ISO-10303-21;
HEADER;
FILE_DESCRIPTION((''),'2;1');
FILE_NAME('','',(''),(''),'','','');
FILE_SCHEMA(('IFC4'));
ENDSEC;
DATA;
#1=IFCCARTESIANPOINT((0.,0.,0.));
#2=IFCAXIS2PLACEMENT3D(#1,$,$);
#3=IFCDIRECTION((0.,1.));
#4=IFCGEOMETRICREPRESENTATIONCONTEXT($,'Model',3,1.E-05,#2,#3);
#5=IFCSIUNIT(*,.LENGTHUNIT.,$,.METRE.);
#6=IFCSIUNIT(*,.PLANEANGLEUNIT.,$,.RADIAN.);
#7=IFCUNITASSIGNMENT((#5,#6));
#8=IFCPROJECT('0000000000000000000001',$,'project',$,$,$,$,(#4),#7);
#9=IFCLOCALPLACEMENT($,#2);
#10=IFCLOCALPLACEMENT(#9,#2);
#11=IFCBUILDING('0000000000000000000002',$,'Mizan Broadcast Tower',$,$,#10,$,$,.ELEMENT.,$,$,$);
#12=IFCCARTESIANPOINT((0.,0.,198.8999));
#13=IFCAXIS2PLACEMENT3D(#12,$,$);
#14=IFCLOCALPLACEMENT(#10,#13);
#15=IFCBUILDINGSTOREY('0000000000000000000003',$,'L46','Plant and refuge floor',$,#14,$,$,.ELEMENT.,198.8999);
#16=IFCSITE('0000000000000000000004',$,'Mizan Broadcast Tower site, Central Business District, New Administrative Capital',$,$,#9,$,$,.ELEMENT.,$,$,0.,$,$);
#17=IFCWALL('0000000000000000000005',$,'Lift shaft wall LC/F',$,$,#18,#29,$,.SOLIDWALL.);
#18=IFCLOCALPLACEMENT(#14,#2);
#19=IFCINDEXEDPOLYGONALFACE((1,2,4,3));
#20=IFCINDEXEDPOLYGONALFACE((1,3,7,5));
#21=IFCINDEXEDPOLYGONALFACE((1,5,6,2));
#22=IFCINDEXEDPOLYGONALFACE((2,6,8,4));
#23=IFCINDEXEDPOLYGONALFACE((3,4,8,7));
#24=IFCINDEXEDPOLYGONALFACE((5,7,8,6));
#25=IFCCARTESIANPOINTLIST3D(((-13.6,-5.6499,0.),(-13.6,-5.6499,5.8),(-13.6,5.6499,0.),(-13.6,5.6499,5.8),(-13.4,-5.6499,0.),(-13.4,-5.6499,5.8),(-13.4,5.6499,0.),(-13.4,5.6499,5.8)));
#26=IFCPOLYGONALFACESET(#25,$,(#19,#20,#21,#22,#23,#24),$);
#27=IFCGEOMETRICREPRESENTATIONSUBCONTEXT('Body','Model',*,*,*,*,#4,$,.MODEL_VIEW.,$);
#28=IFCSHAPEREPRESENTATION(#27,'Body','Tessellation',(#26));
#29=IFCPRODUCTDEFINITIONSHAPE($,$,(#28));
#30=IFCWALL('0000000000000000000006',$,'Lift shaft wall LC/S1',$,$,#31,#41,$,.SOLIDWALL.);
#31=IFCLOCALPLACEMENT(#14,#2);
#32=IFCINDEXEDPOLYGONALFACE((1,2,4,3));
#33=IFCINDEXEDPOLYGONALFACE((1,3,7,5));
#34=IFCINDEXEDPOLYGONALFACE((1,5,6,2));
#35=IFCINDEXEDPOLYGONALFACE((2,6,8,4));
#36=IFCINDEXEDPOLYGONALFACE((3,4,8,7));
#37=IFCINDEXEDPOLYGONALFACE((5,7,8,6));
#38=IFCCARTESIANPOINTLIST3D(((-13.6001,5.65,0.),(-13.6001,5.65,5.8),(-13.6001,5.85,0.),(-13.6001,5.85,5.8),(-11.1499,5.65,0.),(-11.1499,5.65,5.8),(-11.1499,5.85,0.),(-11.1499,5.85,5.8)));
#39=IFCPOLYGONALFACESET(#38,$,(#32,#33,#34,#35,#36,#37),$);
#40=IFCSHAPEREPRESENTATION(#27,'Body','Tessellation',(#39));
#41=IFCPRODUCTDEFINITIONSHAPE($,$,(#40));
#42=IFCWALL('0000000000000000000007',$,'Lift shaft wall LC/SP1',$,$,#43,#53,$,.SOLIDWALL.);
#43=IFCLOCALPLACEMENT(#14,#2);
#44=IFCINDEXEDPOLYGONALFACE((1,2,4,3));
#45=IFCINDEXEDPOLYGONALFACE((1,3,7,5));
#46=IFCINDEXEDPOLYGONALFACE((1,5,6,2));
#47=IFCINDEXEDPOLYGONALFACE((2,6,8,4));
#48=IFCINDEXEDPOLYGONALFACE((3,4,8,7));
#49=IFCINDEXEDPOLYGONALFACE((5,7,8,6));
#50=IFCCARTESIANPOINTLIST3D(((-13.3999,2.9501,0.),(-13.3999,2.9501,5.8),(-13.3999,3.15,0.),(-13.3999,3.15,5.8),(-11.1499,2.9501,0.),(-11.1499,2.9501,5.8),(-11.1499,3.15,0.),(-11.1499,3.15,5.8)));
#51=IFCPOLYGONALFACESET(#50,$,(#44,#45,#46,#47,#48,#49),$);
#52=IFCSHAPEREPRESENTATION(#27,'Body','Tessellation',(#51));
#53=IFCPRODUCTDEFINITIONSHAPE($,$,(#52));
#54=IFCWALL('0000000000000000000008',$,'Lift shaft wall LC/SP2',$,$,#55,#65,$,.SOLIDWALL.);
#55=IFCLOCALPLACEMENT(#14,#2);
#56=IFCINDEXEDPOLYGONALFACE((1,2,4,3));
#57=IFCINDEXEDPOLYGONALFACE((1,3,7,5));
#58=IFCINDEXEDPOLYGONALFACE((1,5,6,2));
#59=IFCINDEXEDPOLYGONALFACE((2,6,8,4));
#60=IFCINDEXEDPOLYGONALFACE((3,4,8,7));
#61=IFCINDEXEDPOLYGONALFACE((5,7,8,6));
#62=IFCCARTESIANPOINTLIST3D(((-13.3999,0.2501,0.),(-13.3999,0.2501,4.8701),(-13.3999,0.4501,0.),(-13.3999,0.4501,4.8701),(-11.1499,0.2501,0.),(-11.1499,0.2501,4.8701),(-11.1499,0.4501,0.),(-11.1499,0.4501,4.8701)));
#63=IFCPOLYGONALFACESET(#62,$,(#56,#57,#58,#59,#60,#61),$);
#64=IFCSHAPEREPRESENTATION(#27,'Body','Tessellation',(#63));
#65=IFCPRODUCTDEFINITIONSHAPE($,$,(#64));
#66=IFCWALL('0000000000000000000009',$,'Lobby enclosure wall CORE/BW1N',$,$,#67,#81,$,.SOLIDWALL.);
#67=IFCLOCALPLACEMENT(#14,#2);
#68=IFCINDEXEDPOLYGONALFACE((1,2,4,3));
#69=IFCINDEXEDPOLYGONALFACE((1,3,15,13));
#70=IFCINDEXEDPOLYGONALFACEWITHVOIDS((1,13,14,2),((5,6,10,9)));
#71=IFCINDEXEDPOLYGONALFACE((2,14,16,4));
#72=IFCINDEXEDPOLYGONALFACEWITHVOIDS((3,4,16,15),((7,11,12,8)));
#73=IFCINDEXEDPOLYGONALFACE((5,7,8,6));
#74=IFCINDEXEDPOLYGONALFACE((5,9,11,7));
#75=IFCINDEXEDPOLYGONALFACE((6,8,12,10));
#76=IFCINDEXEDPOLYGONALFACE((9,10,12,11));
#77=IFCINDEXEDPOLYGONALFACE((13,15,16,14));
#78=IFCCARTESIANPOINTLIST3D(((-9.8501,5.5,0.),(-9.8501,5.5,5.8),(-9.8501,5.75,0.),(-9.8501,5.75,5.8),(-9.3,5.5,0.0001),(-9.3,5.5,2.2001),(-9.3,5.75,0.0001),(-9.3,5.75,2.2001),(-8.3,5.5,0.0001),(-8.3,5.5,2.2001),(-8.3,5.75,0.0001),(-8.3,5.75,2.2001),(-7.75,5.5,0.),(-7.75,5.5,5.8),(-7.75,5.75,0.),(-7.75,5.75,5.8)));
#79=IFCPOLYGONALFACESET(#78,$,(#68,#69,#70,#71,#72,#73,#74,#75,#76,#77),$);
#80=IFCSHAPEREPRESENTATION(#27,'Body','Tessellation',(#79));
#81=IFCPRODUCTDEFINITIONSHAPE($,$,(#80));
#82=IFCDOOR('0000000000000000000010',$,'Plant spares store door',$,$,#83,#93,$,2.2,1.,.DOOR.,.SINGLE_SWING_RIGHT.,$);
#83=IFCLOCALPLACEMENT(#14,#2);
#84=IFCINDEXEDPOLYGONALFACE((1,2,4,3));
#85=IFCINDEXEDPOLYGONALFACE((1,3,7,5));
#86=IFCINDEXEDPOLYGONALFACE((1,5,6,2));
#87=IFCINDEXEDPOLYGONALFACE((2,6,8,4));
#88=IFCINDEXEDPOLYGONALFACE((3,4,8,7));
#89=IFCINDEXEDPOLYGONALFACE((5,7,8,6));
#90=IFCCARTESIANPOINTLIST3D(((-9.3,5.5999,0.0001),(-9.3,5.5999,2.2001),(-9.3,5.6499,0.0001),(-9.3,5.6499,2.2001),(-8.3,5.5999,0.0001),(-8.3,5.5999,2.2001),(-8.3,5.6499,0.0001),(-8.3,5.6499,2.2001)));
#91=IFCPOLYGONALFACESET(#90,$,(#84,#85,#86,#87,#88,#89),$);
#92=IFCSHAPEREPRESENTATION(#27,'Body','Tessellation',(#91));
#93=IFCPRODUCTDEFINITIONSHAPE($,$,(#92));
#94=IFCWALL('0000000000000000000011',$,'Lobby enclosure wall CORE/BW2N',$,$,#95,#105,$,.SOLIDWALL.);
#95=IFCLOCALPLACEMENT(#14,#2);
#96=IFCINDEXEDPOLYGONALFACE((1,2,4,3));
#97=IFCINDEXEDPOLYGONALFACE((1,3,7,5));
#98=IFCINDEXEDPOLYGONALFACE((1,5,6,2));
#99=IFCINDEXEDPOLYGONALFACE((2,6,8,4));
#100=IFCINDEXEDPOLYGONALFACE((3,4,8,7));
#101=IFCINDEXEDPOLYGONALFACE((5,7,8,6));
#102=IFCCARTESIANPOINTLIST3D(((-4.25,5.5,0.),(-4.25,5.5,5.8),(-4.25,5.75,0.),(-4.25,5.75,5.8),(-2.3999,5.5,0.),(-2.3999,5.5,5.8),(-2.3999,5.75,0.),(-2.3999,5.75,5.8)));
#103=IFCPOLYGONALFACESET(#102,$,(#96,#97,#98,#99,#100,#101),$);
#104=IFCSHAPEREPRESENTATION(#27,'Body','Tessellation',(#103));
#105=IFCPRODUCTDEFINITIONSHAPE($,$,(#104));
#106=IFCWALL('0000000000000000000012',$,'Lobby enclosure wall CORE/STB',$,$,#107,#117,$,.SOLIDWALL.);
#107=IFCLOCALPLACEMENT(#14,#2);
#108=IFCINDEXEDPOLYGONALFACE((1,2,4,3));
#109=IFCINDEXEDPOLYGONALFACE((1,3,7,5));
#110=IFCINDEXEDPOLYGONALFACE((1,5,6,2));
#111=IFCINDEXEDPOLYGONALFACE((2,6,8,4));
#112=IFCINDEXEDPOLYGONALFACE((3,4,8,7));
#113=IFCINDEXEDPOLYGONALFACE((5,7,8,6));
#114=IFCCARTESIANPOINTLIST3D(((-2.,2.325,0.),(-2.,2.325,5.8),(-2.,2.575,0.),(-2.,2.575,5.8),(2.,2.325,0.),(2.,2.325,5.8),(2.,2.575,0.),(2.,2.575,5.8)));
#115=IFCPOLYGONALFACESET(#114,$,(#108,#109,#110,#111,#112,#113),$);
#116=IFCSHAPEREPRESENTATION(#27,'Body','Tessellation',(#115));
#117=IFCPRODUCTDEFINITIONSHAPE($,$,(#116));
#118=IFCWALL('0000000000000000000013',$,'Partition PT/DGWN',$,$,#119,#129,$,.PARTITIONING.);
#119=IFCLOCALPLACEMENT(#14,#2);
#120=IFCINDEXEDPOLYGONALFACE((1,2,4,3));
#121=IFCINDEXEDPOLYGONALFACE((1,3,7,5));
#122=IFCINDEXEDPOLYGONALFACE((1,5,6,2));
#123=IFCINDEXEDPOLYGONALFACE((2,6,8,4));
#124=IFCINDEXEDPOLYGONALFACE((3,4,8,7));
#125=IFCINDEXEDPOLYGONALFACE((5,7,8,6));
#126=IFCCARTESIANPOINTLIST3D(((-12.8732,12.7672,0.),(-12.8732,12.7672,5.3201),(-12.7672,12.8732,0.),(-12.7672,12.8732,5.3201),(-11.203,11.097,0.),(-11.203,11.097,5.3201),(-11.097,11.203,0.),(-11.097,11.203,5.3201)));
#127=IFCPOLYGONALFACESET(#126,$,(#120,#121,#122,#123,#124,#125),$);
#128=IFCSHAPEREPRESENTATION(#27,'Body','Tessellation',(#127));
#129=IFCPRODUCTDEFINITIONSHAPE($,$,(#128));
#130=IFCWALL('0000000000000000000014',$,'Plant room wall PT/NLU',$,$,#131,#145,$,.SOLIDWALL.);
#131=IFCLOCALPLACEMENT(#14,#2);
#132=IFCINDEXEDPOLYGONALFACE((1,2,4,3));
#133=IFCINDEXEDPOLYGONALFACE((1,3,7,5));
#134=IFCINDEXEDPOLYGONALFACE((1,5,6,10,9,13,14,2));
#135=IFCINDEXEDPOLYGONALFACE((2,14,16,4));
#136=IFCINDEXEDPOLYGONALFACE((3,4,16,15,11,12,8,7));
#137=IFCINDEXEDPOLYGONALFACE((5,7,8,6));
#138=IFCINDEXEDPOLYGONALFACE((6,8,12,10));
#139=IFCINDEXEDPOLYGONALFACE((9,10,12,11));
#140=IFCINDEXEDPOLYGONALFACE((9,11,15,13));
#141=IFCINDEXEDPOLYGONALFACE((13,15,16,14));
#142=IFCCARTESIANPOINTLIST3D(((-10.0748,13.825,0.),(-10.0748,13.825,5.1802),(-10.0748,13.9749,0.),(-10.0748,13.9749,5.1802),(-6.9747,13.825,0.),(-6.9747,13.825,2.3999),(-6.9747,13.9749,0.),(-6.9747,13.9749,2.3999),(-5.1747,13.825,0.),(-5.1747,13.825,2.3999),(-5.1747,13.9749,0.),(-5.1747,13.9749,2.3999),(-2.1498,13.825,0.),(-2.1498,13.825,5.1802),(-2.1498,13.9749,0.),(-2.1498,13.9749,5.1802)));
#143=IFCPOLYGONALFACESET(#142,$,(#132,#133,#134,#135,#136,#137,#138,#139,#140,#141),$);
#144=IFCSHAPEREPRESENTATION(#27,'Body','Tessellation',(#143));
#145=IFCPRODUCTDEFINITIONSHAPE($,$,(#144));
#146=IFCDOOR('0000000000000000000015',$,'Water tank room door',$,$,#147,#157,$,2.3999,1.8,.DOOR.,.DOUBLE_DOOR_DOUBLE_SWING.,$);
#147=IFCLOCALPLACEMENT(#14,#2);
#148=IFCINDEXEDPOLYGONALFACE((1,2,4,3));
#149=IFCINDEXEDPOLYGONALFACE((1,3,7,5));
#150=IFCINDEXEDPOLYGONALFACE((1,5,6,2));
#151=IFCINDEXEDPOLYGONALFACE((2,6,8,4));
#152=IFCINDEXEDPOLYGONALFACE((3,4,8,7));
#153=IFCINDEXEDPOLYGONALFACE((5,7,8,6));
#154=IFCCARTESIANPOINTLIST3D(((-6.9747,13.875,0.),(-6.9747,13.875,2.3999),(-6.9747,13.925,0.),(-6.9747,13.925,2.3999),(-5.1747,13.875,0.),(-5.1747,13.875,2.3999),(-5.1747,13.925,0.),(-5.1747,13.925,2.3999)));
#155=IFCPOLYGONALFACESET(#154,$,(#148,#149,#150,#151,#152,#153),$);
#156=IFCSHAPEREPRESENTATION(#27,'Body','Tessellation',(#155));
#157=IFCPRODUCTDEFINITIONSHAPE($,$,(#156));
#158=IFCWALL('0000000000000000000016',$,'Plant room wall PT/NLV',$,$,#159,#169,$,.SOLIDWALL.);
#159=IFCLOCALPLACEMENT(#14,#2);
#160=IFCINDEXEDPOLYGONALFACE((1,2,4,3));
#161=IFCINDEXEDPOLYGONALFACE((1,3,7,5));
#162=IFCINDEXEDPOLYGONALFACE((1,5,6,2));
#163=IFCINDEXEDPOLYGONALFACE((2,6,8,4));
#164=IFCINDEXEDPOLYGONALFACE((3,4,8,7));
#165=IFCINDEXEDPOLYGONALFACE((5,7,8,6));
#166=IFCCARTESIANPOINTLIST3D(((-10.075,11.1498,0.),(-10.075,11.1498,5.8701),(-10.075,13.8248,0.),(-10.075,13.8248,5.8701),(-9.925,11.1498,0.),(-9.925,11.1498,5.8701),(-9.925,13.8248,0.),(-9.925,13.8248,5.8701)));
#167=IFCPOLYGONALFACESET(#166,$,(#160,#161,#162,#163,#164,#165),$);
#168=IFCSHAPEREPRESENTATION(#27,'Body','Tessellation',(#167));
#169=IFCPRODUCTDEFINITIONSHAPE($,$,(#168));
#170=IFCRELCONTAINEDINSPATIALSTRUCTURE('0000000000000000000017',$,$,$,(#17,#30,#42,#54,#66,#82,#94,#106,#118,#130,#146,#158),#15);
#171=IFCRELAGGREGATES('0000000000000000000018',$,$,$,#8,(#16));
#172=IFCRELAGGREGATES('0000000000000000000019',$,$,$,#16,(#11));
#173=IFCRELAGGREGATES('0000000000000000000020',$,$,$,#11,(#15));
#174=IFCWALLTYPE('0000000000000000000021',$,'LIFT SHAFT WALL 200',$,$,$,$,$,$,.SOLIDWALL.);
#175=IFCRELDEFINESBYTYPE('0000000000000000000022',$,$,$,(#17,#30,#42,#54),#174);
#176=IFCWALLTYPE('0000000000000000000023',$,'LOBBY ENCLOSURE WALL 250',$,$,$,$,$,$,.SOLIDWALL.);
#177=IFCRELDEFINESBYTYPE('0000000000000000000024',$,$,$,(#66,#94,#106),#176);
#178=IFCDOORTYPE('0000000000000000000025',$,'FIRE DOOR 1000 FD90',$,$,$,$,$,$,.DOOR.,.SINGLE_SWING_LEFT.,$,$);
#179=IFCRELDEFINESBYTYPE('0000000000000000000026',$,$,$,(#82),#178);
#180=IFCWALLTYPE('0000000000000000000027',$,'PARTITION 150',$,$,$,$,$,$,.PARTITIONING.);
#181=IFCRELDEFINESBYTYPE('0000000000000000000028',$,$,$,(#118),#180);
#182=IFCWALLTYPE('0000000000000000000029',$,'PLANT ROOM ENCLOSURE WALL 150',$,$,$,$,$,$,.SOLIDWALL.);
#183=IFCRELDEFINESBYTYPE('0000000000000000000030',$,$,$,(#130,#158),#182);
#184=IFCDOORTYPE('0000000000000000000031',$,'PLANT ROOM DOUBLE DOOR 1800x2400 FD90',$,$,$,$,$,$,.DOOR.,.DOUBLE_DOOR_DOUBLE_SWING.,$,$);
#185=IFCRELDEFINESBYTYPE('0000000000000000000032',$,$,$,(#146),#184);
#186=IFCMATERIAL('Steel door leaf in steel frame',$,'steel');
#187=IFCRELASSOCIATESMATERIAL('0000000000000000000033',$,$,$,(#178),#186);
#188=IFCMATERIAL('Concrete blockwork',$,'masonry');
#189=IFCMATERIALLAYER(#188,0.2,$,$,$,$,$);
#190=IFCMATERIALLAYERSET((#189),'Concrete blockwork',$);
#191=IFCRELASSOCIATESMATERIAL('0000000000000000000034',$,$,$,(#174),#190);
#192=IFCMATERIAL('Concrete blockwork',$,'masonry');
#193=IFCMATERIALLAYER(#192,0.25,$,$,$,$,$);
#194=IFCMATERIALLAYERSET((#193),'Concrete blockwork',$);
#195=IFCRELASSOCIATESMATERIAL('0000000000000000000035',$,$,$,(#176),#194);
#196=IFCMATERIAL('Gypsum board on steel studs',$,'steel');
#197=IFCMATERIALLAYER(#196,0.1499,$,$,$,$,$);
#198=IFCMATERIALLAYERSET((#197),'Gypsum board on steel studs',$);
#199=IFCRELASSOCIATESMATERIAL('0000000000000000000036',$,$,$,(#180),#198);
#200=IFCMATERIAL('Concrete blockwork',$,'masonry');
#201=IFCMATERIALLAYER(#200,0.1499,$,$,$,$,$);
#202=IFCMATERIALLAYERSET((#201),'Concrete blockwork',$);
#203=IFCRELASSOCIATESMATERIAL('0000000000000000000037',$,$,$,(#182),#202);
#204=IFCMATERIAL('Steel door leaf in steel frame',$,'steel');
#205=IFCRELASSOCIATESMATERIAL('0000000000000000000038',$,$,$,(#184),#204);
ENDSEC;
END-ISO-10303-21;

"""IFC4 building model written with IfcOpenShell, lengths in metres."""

from ifc_helpers import new_model, si_unit, direction, frame, frame_2d, origin, place, context, subcontext, project, spatial, rectangle, extrude, material, layer, layer_set, type_object, element, fill, save


model = new_model("IFC4")

# Units and contexts
model_context = context("Model", 3, precision=1e-05, world=origin(), true_north=direction((0.0, 1.0)))
body_context = subcontext(model_context, "Body", "Model", "MODEL_VIEW")
ifc_project = project(units=[si_unit("LENGTHUNIT", "METRE"), si_unit("PLANEANGLEUNIT", "RADIAN")], contexts=[model_context])

# Site, building, storey
site_placement = place(None, origin())
site = spatial("IfcSite", under=ifc_project, at=site_placement, Name="Mizan Broadcast Tower site, Central Business District, New Administrative Capital", CompositionType="ELEMENT", RefElevation=0.0)
building_placement = place(site_placement, origin())
building = spatial("IfcBuilding", under=site, at=building_placement, Name="Mizan Broadcast Tower", CompositionType="ELEMENT")
storey_placement = place(building_placement, frame((0.0, 0.0, 198.8999)))
storey = spatial("IfcBuildingStorey", under=building, at=storey_placement, Name="L46", Description="Plant and refuge floor", CompositionType="ELEMENT", Elevation=198.8999)

# Shared definitions
ifc_material_1 = material(Name="Steel door leaf in steel frame", Category="steel")
door_type_1 = type_object("IfcDoorType", Name="FIRE DOOR 1000 FD90", OperationType="SINGLE_SWING_LEFT", PredefinedType="DOOR", material=ifc_material_1)

# Walls
ifc_material_2 = material(Name="Concrete blockwork", Category="masonry")
ifc_layer_1 = layer(ifc_material_2, 0.2)
ifc_layer_set_1 = layer_set([ifc_layer_1], Name="Concrete blockwork")
wall_type_1 = type_object("IfcWallType", Name="LIFT SHAFT WALL 200", PredefinedType="SOLIDWALL", material=ifc_layer_set_1)
wall_1_placement = place(storey_placement, frame((-13.5, 5.6499, 0.0), z_axis=(0.0, 0.0, 1.0), x_axis=(0.0, -1.0, 0.0)))
element("IfcWall", 1, at=wall_1_placement, inside=storey, type_object=wall_type_1, Name="Lift shaft wall LC/F", PredefinedType="SOLIDWALL", context=body_context, shape_type="SweptSolid", body=[
    extrude(rectangle(XDim=11.2998, YDim=0.2, at=frame_2d((5.6499, 0.0))), origin(), (0.0, 0.0, 1.0), 5.8),
])
wall_2_placement = place(storey_placement, frame((-11.1499, 5.75, 0.0), z_axis=(0.0, 0.0, 1.0), x_axis=(-1.0, 0.0, 0.0)))
element("IfcWall", 2, at=wall_2_placement, inside=storey, type_object=wall_type_1, Name="Lift shaft wall LC/S1", PredefinedType="SOLIDWALL", context=body_context, shape_type="SweptSolid", body=[
    extrude(rectangle(XDim=2.4502, YDim=0.2, at=frame_2d((1.2251, 0.0))), origin(), (0.0, 0.0, 1.0), 5.8),
])
wall_3_placement = place(storey_placement, frame((-11.1499, 3.05, 0.0), z_axis=(0.0, 0.0, 1.0), x_axis=(-1.0, 0.0, 0.0)))
element("IfcWall", 3, at=wall_3_placement, inside=storey, type_object=wall_type_1, Name="Lift shaft wall LC/SP1", PredefinedType="SOLIDWALL", context=body_context, shape_type="SweptSolid", body=[
    extrude(rectangle(XDim=2.25, YDim=0.2, at=frame_2d((1.125, 0.0))), origin(), (0.0, 0.0, 1.0), 5.8),
])
wall_4_placement = place(storey_placement, frame((-11.1499, 0.3501, 0.0), z_axis=(0.0, 0.0, 1.0), x_axis=(-1.0, 0.0, 0.0)))
element("IfcWall", 4, at=wall_4_placement, inside=storey, type_object=wall_type_1, Name="Lift shaft wall LC/SP2", PredefinedType="SOLIDWALL", context=body_context, shape_type="SweptSolid", body=[
    extrude(rectangle(XDim=2.25, YDim=0.2, at=frame_2d((1.125, 0.0))), origin(), (0.0, 0.0, 1.0), 4.8701),
])

# Wall, opening, door
ifc_material_3 = material(Name="Concrete blockwork", Category="masonry")
ifc_layer_2 = layer(ifc_material_3, 0.25)
ifc_layer_set_2 = layer_set([ifc_layer_2], Name="Concrete blockwork")
wall_type_2 = type_object("IfcWallType", Name="LOBBY ENCLOSURE WALL 250", PredefinedType="SOLIDWALL", material=ifc_layer_set_2)
wall_5_placement = place(storey_placement, frame((-9.8501, 5.625, 0.0), z_axis=(0.0, 0.0, 1.0), x_axis=(1.0, 0.0, 0.0)))
wall_5 = element("IfcWall", 5, at=wall_5_placement, inside=storey, type_object=wall_type_2, Name="Lobby enclosure wall CORE/BW1N", PredefinedType="SOLIDWALL", context=body_context, shape_type="SweptSolid", body=[
    extrude(rectangle(XDim=2.1001, YDim=0.25, at=frame_2d((1.05, 0.0))), origin(), (0.0, 0.0, 1.0), 5.8),
])
opening_1_placement = place(wall_5_placement, frame((0.55, 0.0, 0.0)))
opening_1 = element("IfcOpeningElement", 6, at=opening_1_placement, cuts=wall_5, PredefinedType="OPENING", context=body_context, shape_type="SweptSolid", body=[
    extrude(rectangle(XDim=1.0, YDim=2.2, at=frame_2d((0.5, 1.1001))), frame((0.0, 0.135, 0.0), z_axis=(0.0, -1.0, 0.0), x_axis=(1.0, 0.0, 0.0)), (0.0, 0.0, 1.0), 0.27),
])
door_1_placement = place(opening_1_placement, origin())
door_1 = element("IfcDoor", 7, at=door_1_placement, inside=storey, type_object=door_type_1, Name="Plant spares store door", OperationType="SINGLE_SWING_RIGHT", OverallHeight=2.2, OverallWidth=1.0, PredefinedType="DOOR", context=body_context, shape_type="SweptSolid", body=[
    extrude(rectangle(XDim=1.0, YDim=2.2, at=frame_2d((0.5, 1.1001))), frame((0.0, 0.0249, 0.0), z_axis=(0.0, -1.0, 0.0), x_axis=(1.0, 0.0, 0.0)), (0.0, 0.0, 1.0), 0.05),
])
fill(opening_1, door_1)

# Walls
wall_6_placement = place(storey_placement, frame((-4.25, 5.625, 0.0), z_axis=(0.0, 0.0, 1.0), x_axis=(1.0, 0.0, 0.0)))
element("IfcWall", 8, at=wall_6_placement, inside=storey, type_object=wall_type_2, Name="Lobby enclosure wall CORE/BW2N", PredefinedType="SOLIDWALL", context=body_context, shape_type="SweptSolid", body=[
    extrude(rectangle(XDim=1.8501, YDim=0.25, at=frame_2d((0.925, 0.0))), origin(), (0.0, 0.0, 1.0), 5.8),
])
wall_7_placement = place(storey_placement, frame((-2.0, 2.45, 0.0), z_axis=(0.0, 0.0, 1.0), x_axis=(1.0, 0.0, 0.0)))
element("IfcWall", 9, at=wall_7_placement, inside=storey, type_object=wall_type_2, Name="Lobby enclosure wall CORE/STB", PredefinedType="SOLIDWALL", context=body_context, shape_type="SweptSolid", body=[
    extrude(rectangle(XDim=4.0, YDim=0.25, at=frame_2d((2.0, 0.0))), origin(), (0.0, 0.0, 1.0), 5.8),
])
ifc_material_4 = material(Name="Gypsum board on steel studs", Category="steel")
ifc_layer_3 = layer(ifc_material_4, 0.1499)
ifc_layer_set_3 = layer_set([ifc_layer_3], Name="Gypsum board on steel studs")
wall_type_3 = type_object("IfcWallType", Name="PARTITION 150", PredefinedType="PARTITIONING", material=ifc_layer_set_3)
wall_8_placement = place(storey_placement, frame((-11.1499, 11.1499, 0.0), z_axis=(0.0, 0.0, 1.0), x_axis=(-0.707107, 0.707107, 0.0)))
element("IfcWall", 10, at=wall_8_placement, inside=storey, type_object=wall_type_3, Name="Partition PT/DGWN", PredefinedType="PARTITIONING", context=body_context, shape_type="SweptSolid", body=[
    extrude(rectangle(XDim=2.3621, YDim=0.1499, at=frame_2d((1.1812, 0.0))), origin(), (0.0, 0.0, 1.0), 5.3201),
])

# Wall, opening, door
ifc_material_5 = material(Name="Concrete blockwork", Category="masonry")
ifc_layer_4 = layer(ifc_material_5, 0.1499)
ifc_layer_set_4 = layer_set([ifc_layer_4], Name="Concrete blockwork")
wall_type_4 = type_object("IfcWallType", Name="PLANT ROOM ENCLOSURE WALL 150", PredefinedType="SOLIDWALL", material=ifc_layer_set_4)
wall_9_placement = place(storey_placement, frame((-2.1499, 13.8999, 0.0), z_axis=(0.0, 0.0, 1.0), x_axis=(-1.0, 0.0, 0.0)))
wall_9 = element("IfcWall", 11, at=wall_9_placement, inside=storey, type_object=wall_type_4, Name="Plant room wall PT/NLU", PredefinedType="SOLIDWALL", context=body_context, shape_type="SweptSolid", body=[
    extrude(rectangle(XDim=7.925, YDim=0.1499, at=frame_2d((3.9624, 0.0))), origin(), (0.0, 0.0, 1.0), 5.1802),
])
opening_2_placement = place(wall_9_placement, frame((3.0249, 0.0, 0.0)))
opening_2 = element("IfcOpeningElement", 12, at=opening_2_placement, cuts=wall_9, PredefinedType="OPENING", context=body_context, shape_type="SweptSolid", body=[
    extrude(rectangle(XDim=1.8, YDim=2.3999, at=frame_2d((0.8999, 1.2))), frame((0.0, 0.085, 0.0), z_axis=(0.0, -1.0, 0.0), x_axis=(1.0, 0.0, 0.0)), (0.0, 0.0, 1.0), 0.1699),
])
ifc_material_6 = material(Name="Steel door leaf in steel frame", Category="steel")
door_type_2 = type_object("IfcDoorType", Name="PLANT ROOM DOUBLE DOOR 1800x2400 FD90", OperationType="DOUBLE_DOOR_DOUBLE_SWING", PredefinedType="DOOR", material=ifc_material_6)
door_2_placement = place(opening_2_placement, origin())
door_2 = element("IfcDoor", 13, at=door_2_placement, inside=storey, type_object=door_type_2, Name="Water tank room door", OperationType="DOUBLE_DOOR_DOUBLE_SWING", OverallHeight=2.3999, OverallWidth=1.8, PredefinedType="DOOR", context=body_context, shape_type="SweptSolid", body=[
    extrude(rectangle(XDim=1.8, YDim=2.3999, at=frame_2d((0.8999, 1.2))), frame((0.0, 0.0249, 0.0), z_axis=(0.0, -1.0, 0.0), x_axis=(1.0, 0.0, 0.0)), (0.0, 0.0, 1.0), 0.05),
])
fill(opening_2, door_2)

# Wall
wall_10_placement = place(storey_placement, frame((-10.0, 11.1499, 0.0), z_axis=(0.0, 0.0, 1.0), x_axis=(0.0, 1.0, 0.0)))
element("IfcWall", 14, at=wall_10_placement, inside=storey, type_object=wall_type_4, Name="Plant room wall PT/NLV", PredefinedType="SOLIDWALL", context=body_context, shape_type="SweptSolid", body=[
    extrude(rectangle(XDim=2.675, YDim=0.1499, at=frame_2d((1.3374, 0.0))), origin(), (0.0, 0.0, 1.0), 5.8701),
])

save(model, "model.ifc")
